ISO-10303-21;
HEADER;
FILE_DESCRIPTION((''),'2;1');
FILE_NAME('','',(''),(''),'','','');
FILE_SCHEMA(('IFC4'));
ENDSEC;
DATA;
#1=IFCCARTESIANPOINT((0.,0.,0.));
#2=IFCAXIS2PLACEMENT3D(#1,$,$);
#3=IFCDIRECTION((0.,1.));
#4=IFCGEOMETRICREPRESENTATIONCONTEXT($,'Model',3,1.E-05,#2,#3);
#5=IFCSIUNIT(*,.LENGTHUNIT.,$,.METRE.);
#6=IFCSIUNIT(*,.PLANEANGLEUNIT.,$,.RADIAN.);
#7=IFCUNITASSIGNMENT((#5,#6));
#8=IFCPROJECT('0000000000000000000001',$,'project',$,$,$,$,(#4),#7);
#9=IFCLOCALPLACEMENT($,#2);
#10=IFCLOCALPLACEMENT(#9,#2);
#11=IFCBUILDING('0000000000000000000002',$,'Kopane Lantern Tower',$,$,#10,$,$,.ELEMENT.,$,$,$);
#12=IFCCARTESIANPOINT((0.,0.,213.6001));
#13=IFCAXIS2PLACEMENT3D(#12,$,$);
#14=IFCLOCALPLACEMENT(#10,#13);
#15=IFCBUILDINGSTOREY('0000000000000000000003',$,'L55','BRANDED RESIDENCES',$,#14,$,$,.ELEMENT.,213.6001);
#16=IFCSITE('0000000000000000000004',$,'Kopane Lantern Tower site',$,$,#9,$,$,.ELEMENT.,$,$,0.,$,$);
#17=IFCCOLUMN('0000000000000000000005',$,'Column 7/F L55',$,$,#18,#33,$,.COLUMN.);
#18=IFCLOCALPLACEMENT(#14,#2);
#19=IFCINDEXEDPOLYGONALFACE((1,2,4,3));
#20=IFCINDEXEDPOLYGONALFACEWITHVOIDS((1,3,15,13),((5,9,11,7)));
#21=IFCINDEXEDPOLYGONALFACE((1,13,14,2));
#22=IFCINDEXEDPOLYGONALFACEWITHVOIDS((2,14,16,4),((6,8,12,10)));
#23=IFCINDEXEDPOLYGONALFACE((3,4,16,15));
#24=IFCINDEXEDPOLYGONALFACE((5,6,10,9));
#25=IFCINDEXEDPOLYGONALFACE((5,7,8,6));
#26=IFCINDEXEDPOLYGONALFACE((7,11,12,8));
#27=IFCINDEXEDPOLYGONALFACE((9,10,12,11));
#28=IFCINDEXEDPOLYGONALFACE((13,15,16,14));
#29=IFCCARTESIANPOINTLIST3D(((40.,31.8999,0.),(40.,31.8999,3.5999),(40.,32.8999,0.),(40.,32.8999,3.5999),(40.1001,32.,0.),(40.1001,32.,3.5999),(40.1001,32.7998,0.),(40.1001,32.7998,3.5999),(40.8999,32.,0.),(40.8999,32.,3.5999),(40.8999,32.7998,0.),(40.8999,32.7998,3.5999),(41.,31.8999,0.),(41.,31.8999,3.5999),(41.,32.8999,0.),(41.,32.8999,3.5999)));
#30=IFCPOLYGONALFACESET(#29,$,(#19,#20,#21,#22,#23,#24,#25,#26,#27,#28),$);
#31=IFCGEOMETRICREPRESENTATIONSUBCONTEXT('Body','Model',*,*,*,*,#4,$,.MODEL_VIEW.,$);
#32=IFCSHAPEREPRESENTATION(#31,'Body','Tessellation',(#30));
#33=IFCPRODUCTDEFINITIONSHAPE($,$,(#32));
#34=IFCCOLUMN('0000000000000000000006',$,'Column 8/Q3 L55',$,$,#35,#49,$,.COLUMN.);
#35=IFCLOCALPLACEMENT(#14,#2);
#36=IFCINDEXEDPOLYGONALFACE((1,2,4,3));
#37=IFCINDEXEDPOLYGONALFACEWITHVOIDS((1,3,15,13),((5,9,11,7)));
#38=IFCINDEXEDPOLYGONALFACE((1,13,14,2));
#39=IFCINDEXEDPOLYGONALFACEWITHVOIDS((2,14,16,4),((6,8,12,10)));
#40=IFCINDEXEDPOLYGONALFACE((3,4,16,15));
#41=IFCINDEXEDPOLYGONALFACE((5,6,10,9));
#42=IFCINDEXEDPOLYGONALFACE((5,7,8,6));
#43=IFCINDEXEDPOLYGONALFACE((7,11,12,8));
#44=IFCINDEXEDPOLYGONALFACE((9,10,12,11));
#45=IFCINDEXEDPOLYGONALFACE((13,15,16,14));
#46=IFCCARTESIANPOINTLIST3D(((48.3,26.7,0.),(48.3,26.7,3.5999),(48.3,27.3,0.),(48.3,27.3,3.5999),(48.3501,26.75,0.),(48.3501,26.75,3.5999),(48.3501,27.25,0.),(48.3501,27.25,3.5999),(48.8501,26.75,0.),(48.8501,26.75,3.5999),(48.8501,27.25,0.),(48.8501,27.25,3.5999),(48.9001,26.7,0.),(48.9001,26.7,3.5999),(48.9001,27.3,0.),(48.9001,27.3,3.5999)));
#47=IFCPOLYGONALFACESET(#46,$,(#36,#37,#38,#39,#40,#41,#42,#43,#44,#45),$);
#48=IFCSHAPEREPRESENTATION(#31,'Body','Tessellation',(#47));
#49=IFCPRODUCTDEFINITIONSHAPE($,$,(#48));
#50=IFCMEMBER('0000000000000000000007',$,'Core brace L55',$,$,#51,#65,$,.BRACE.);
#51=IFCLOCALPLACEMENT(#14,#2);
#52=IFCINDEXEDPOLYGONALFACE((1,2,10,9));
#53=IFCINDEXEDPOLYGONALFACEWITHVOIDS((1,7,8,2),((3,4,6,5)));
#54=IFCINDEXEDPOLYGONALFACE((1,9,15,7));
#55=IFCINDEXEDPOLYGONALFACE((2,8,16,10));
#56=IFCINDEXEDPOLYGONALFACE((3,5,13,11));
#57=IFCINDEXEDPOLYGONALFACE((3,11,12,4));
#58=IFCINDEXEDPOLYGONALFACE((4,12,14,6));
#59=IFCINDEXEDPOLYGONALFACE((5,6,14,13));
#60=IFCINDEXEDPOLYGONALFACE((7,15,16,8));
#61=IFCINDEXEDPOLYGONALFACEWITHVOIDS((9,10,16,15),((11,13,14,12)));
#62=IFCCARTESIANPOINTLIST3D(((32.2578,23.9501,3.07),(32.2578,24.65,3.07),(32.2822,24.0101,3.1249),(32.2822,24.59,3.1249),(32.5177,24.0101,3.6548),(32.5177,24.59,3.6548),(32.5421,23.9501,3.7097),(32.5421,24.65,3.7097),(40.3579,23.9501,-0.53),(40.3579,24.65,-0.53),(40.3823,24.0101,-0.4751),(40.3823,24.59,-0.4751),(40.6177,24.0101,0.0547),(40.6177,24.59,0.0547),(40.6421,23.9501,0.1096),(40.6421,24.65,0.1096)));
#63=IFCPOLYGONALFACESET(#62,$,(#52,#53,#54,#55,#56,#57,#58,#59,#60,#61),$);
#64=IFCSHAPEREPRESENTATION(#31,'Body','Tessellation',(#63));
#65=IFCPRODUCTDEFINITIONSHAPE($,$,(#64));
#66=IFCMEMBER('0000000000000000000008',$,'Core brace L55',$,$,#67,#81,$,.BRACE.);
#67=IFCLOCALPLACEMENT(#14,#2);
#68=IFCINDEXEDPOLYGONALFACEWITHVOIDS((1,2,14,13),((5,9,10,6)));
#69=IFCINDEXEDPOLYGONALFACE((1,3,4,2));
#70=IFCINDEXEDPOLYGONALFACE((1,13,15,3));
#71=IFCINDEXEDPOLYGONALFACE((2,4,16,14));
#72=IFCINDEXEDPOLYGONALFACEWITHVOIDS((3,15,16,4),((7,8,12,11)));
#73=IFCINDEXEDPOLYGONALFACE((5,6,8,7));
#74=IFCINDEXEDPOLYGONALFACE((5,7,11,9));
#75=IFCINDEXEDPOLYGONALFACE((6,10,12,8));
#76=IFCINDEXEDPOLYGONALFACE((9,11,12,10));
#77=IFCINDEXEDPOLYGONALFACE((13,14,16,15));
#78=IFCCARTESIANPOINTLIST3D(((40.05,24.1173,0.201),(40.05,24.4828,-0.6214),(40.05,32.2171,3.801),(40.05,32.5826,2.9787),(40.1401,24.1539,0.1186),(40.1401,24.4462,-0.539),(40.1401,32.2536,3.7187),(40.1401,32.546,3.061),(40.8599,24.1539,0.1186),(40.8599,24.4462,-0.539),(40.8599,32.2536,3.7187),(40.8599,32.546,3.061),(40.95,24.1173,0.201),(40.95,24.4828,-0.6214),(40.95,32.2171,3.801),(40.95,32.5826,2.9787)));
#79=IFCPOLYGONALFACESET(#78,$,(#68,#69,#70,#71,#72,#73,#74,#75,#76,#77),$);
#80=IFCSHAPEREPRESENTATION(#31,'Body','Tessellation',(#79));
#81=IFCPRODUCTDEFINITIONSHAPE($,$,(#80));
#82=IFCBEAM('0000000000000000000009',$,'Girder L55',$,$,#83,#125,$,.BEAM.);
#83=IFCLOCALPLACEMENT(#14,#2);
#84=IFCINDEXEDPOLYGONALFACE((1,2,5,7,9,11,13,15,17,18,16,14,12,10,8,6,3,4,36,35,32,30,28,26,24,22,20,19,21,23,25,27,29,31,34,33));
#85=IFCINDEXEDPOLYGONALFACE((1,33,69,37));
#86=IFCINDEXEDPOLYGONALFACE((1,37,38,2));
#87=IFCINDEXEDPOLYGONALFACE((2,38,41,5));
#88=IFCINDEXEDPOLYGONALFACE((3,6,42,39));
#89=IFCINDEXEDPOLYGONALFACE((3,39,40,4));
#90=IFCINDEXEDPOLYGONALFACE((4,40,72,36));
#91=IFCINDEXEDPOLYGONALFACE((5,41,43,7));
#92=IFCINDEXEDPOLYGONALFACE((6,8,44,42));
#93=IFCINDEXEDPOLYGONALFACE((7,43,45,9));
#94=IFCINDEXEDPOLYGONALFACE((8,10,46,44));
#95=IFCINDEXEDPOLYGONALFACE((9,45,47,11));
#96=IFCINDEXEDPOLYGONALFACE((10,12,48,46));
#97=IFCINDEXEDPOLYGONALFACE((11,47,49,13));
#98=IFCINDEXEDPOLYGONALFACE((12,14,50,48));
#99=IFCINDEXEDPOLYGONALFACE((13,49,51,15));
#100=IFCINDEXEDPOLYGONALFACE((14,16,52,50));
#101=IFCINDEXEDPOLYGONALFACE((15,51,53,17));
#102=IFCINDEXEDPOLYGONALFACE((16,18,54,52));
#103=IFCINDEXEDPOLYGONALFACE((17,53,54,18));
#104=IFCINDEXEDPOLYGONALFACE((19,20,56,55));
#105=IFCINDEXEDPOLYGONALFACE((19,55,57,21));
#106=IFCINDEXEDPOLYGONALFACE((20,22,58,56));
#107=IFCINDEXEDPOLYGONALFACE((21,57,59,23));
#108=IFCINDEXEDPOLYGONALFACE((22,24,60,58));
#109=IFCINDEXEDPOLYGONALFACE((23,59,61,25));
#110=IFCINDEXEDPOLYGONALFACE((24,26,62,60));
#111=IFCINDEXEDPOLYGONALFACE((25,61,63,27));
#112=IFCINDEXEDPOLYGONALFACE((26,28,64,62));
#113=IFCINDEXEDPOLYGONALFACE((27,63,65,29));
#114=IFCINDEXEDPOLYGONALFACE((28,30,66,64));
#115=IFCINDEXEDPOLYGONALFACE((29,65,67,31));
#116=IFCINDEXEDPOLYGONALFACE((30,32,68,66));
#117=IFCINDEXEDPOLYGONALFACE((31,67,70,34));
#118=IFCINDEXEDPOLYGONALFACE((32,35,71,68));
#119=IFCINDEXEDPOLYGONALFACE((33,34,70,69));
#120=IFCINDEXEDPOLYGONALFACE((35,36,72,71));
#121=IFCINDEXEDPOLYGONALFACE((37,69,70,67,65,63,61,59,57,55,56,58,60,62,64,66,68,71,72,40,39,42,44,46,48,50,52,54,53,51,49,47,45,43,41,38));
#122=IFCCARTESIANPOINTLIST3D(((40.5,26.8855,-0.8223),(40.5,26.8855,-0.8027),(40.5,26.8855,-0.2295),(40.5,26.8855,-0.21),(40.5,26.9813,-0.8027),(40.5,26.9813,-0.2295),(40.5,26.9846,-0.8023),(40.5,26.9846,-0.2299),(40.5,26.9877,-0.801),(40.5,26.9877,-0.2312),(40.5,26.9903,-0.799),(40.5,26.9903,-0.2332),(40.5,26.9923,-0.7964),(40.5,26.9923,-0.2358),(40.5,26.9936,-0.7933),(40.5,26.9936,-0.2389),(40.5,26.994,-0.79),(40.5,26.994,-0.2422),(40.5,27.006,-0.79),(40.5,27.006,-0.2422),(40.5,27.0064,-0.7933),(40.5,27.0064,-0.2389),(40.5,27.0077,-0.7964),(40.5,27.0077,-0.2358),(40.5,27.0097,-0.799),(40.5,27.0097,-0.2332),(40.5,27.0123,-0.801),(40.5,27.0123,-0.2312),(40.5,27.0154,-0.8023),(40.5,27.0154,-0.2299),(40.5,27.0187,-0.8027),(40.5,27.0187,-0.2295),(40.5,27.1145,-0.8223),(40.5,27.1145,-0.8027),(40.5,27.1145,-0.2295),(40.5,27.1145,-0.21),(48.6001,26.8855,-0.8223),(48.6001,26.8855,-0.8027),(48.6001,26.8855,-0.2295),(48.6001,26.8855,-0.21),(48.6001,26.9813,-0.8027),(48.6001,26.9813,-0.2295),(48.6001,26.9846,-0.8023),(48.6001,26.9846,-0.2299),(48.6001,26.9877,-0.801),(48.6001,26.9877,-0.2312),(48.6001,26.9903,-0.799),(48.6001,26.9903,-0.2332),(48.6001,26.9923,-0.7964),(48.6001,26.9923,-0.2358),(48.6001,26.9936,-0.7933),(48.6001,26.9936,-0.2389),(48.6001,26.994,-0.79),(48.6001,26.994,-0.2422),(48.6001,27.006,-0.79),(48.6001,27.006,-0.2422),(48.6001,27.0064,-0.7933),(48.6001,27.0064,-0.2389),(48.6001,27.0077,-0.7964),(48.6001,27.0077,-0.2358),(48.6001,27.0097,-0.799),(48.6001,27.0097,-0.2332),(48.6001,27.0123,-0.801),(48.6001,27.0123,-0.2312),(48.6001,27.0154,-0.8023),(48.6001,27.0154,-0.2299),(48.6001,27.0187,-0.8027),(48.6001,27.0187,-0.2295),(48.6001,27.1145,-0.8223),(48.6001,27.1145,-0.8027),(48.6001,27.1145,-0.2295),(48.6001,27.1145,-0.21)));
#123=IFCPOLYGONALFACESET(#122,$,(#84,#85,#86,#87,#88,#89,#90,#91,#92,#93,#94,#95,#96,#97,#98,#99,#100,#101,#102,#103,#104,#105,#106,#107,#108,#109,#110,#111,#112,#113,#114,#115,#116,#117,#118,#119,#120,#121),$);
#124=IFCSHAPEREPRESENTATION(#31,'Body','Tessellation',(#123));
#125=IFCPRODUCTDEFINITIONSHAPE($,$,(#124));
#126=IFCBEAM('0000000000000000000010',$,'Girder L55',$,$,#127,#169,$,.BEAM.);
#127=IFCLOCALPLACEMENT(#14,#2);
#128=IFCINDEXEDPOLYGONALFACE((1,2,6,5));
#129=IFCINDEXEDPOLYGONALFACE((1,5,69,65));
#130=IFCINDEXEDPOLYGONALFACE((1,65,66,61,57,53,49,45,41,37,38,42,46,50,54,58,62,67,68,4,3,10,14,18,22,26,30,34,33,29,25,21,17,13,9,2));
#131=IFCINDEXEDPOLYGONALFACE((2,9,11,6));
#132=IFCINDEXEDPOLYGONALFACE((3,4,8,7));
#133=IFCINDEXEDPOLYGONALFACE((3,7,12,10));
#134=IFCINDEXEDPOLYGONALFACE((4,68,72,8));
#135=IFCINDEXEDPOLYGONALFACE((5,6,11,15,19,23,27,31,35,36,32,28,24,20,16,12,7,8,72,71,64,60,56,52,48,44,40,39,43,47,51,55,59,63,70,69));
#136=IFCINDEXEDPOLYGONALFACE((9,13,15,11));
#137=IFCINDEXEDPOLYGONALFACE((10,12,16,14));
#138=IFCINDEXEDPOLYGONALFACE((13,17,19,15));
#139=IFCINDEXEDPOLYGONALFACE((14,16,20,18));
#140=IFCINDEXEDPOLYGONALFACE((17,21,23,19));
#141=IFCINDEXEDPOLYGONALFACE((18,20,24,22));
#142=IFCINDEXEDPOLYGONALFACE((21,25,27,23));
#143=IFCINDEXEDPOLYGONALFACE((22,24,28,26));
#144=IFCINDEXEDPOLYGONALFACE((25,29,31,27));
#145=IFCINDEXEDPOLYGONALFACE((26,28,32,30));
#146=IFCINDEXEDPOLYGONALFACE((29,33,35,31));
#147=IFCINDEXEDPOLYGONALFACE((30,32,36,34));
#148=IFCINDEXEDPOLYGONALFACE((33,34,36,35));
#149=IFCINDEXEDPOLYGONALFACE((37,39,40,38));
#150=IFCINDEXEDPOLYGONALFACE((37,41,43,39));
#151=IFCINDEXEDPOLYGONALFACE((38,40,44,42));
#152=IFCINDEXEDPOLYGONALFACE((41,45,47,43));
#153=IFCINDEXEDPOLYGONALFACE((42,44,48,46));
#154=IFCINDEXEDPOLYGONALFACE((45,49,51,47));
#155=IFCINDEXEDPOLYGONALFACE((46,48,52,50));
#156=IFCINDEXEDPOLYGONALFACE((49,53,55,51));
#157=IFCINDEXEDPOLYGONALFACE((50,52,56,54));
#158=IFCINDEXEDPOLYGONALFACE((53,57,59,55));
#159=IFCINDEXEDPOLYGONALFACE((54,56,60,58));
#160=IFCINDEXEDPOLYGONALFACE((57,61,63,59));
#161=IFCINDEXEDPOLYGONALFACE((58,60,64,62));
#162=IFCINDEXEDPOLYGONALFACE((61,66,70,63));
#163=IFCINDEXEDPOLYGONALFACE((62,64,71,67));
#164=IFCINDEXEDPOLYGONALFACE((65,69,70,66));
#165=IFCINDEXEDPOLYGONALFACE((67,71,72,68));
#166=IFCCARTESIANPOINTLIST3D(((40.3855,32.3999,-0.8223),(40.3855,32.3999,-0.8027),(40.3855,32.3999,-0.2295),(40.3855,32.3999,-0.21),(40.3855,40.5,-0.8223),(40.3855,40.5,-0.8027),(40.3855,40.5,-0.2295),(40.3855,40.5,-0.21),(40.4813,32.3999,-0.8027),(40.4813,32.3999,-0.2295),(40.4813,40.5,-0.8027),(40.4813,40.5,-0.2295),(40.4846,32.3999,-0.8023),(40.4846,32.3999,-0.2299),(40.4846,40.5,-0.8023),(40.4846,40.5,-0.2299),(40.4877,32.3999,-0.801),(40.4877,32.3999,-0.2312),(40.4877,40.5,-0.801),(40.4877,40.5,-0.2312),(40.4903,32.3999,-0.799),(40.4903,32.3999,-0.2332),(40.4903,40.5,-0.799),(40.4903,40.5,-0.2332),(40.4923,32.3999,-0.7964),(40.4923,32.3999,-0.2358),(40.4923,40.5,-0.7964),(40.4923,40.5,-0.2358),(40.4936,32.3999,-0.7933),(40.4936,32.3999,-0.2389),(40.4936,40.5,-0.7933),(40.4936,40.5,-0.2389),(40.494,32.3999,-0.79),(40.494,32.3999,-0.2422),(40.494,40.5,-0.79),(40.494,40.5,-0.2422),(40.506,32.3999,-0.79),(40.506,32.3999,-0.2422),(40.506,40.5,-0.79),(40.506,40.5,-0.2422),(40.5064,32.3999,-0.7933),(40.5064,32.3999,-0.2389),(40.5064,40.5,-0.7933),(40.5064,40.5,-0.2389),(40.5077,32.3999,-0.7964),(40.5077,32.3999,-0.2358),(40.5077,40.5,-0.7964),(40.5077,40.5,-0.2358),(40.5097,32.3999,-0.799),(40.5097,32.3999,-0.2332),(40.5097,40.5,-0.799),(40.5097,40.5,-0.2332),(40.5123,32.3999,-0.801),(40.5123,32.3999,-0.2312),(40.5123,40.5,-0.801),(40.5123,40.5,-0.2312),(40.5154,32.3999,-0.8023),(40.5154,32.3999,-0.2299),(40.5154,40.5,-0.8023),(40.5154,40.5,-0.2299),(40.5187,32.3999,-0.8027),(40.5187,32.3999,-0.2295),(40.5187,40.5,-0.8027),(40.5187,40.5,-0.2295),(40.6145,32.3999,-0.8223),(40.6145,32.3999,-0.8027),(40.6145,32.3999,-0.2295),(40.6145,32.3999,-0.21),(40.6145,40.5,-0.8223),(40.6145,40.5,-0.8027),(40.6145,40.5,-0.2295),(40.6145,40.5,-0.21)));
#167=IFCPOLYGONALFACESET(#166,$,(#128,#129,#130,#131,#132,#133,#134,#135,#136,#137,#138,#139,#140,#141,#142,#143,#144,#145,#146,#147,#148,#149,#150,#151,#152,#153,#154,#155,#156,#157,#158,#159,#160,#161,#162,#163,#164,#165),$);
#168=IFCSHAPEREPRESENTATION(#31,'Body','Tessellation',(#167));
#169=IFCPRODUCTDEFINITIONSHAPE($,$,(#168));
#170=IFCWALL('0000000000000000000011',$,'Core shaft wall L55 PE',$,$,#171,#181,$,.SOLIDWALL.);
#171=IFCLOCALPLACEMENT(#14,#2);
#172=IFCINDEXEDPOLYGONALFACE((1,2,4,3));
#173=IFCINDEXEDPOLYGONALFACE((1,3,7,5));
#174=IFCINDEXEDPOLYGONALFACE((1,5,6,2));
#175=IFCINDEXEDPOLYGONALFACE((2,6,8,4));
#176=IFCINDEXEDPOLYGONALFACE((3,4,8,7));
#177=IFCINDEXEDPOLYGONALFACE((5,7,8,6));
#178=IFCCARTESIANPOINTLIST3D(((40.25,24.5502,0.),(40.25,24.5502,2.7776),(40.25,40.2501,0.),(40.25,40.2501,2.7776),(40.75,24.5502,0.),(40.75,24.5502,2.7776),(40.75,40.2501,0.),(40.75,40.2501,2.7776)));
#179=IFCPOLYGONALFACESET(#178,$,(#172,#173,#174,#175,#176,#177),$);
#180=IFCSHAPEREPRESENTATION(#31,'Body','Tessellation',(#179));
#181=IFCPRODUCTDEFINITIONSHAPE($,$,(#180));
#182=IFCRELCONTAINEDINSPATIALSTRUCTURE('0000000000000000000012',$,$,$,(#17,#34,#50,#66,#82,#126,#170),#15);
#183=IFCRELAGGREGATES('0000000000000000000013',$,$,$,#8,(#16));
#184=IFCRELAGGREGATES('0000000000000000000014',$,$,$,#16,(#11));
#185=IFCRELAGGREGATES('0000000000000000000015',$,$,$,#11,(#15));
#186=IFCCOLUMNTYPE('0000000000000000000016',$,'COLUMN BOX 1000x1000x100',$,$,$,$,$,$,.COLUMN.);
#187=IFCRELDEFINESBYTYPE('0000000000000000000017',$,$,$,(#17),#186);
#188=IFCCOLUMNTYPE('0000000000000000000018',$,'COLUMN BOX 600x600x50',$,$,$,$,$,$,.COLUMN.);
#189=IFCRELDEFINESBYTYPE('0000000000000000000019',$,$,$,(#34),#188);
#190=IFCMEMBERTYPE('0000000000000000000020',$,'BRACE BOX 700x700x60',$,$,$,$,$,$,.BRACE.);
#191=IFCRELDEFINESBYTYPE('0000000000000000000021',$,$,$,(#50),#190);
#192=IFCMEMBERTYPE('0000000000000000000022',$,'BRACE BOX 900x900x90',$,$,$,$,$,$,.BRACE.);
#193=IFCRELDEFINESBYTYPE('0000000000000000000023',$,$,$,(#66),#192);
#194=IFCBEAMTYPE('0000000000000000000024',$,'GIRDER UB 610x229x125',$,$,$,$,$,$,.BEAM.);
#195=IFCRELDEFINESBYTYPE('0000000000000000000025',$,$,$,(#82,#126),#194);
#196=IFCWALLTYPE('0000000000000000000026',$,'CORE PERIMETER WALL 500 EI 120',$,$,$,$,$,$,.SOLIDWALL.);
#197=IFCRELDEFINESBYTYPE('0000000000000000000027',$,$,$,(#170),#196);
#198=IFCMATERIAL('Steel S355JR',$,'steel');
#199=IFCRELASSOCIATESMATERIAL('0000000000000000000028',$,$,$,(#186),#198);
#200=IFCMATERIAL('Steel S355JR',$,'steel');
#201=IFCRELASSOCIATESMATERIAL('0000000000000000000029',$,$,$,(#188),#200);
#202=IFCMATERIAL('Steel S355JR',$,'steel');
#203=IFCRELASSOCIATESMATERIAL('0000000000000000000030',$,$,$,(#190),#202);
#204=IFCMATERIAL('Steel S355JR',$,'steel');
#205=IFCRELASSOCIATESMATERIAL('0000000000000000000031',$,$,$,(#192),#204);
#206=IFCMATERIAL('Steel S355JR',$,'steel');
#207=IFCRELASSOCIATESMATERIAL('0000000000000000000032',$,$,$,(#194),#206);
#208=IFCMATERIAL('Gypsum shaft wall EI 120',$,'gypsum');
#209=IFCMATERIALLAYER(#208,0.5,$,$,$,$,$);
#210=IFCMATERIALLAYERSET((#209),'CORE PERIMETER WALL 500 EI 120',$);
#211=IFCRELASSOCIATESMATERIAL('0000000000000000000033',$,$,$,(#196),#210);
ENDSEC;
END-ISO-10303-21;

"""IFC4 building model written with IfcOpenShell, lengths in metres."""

from ifc_helpers import new_model, si_unit, direction, frame, frame_2d, origin, origin_2d, place, context, subcontext, project, spatial, rectangle, hollow_rectangle, i_section, extrude, material, layer, layer_set, material_profile, profile_set, type_object, element, save


model = new_model("IFC4")

# Units and contexts
model_context = context("Model", 3, precision=1e-05, world=origin(), true_north=direction((0.0, 1.0)))
body_context = subcontext(model_context, "Body", "Model", "MODEL_VIEW")
ifc_project = project(units=[si_unit("LENGTHUNIT", "METRE"), si_unit("PLANEANGLEUNIT", "RADIAN")], contexts=[model_context])

# Site, building, storey
site_placement = place(None, origin())
site = spatial("IfcSite", under=ifc_project, at=site_placement, Name="Kopane Lantern Tower site", CompositionType="ELEMENT", RefElevation=0.0)
building_placement = place(site_placement, origin())
building = spatial("IfcBuilding", under=site, at=building_placement, Name="Kopane Lantern Tower", CompositionType="ELEMENT")
storey_placement = place(building_placement, frame((0.0, 0.0, 213.6001)))
storey = spatial("IfcBuildingStorey", under=building, at=storey_placement, Name="L55", Description="BRANDED RESIDENCES", CompositionType="ELEMENT", Elevation=213.6001)

# Columns
ifc_material_1 = material(Name="Steel S355JR", Category="steel")
ifc_material_profile_1 = material_profile(ifc_material_1, hollow_rectangle(XDim=1.0, YDim=1.0, WallThickness=0.1001, at=origin_2d()), Name="BOX 1000x1000x100")
ifc_profile_set_1 = profile_set([ifc_material_profile_1], Name="Steel S355JR")
column_type_1 = type_object("IfcColumnType", Name="COLUMN BOX 1000x1000x100", PredefinedType="COLUMN", material=ifc_profile_set_1)
column_1_placement = place(storey_placement, frame((40.5, 32.3999, 0.0), z_axis=(0.0, 0.0, 1.0), x_axis=(1.0, 0.0, 0.0)))
element("IfcColumn", 1, at=column_1_placement, inside=storey, type_object=column_type_1, Name="Column 7/F L55", PredefinedType="COLUMN", context=body_context, shape_type="SweptSolid", body=[
    extrude(hollow_rectangle(XDim=1.0, YDim=1.0, WallThickness=0.1001, at=origin_2d()), origin(), (0.0, 0.0, 1.0), 3.5999),
])
ifc_material_2 = material(Name="Steel S355JR", Category="steel")
ifc_material_profile_2 = material_profile(ifc_material_2, hollow_rectangle(XDim=0.6001, YDim=0.6001, WallThickness=0.05, at=origin_2d()), Name="BOX 600x600x50")
ifc_profile_set_2 = profile_set([ifc_material_profile_2], Name="Steel S355JR")
column_type_2 = type_object("IfcColumnType", Name="COLUMN BOX 600x600x50", PredefinedType="COLUMN", material=ifc_profile_set_2)
column_2_placement = place(storey_placement, frame((48.6001, 27.0, 0.0), z_axis=(0.0, 0.0, 1.0), x_axis=(1.0, 0.0, 0.0)))
element("IfcColumn", 2, at=column_2_placement, inside=storey, type_object=column_type_2, Name="Column 8/Q3 L55", PredefinedType="COLUMN", context=body_context, shape_type="SweptSolid", body=[
    extrude(hollow_rectangle(XDim=0.6001, YDim=0.6001, WallThickness=0.05, at=origin_2d()), origin(), (0.0, 0.0, 1.0), 3.5999),
])

# Members
ifc_material_3 = material(Name="Steel S355JR", Category="steel")
ifc_material_profile_3 = material_profile(ifc_material_3, hollow_rectangle(XDim=0.7, YDim=0.7, WallThickness=0.0601, at=origin_2d()), Name="BOX 700x700x60")
ifc_profile_set_3 = profile_set([ifc_material_profile_3], Name="Steel S355JR")
member_type_1 = type_object("IfcMemberType", Name="BRACE BOX 700x700x60", PredefinedType="BRACE", material=ifc_profile_set_3)
member_1_placement = place(storey_placement, frame((40.5, 24.3, -0.2102), z_axis=(-0.913809, 0.0, 0.406144), x_axis=(0.0, -1.0, 0.0)))
element("IfcMember", 3, at=member_1_placement, inside=storey, type_object=member_type_1, Name="Core brace L55", PredefinedType="BRACE", context=body_context, shape_type="SweptSolid", body=[
    extrude(hollow_rectangle(XDim=0.7, YDim=0.7, WallThickness=0.0601, at=origin_2d()), origin(), (0.0, 0.0, 1.0), 8.864),
])
ifc_material_4 = material(Name="Steel S355JR", Category="steel")
ifc_material_profile_4 = material_profile(ifc_material_4, hollow_rectangle(XDim=0.8999, YDim=0.8999, WallThickness=0.0901, at=origin_2d()), Name="BOX 900x900x90")
ifc_profile_set_4 = profile_set([ifc_material_profile_4], Name="Steel S355JR")
member_type_2 = type_object("IfcMemberType", Name="BRACE BOX 900x900x90", PredefinedType="BRACE", material=ifc_profile_set_4)
member_2_placement = place(storey_placement, frame((40.5, 24.3, -0.2102), z_axis=(0.0, 0.913805, 0.406154), x_axis=(-1.0, 0.0, 0.0)))
element("IfcMember", 4, at=member_2_placement, inside=storey, type_object=member_type_2, Name="Core brace L55", PredefinedType="BRACE", context=body_context, shape_type="SweptSolid", body=[
    extrude(hollow_rectangle(XDim=0.8999, YDim=0.8999, WallThickness=0.0901, at=origin_2d()), origin(), (0.0, 0.0, 1.0), 8.8638),
])

# Beams
ifc_material_5 = material(Name="Steel S355JR", Category="steel")
ifc_material_profile_5 = material_profile(ifc_material_5, i_section(OverallWidth=0.229, OverallDepth=0.6123, WebThickness=0.012, FlangeThickness=0.0195, FilletRadius=0.0127, at=origin_2d()), Name="UB 610x229x125")
ifc_profile_set_5 = profile_set([ifc_material_profile_5], Name="Steel S355JR")
beam_type = type_object("IfcBeamType", Name="GIRDER UB 610x229x125", PredefinedType="BEAM", material=ifc_profile_set_5)
for number, where, z_axis, x_axis, name in (
    (5, (40.5, 27.0, -0.5161), (1.0, 0.0, 0.0), (0.0, 1.0, 0.0), "Girder L55"),
    (6, (40.5, 32.3999, -0.5161), (0.0, 1.0, 0.0), (-1.0, 0.0, 0.0), "Girder L55"),
):
    element("IfcBeam", number, at=place(storey_placement, frame(where, z_axis=z_axis, x_axis=x_axis)), inside=storey, type_object=beam_type, Name=name, PredefinedType="BEAM", context=body_context, shape_type="SweptSolid", body=[
        extrude(i_section(OverallWidth=0.229, OverallDepth=0.6123, WebThickness=0.012, FlangeThickness=0.0195, FilletRadius=0.0127, at=origin_2d()), origin(), (0.0, 0.0, 1.0), 8.1001),
    ])

# Wall
ifc_material_6 = material(Name="Gypsum shaft wall EI 120", Category="gypsum")
ifc_layer_1 = layer(ifc_material_6, 0.5)
ifc_layer_set_1 = layer_set([ifc_layer_1], Name="CORE PERIMETER WALL 500 EI 120")
wall_type_1 = type_object("IfcWallType", Name="CORE PERIMETER WALL 500 EI 120", PredefinedType="SOLIDWALL", material=ifc_layer_set_1)
wall_1_placement = place(storey_placement, frame((40.5, 24.55, 0.0), z_axis=(0.0, 0.0, 1.0), x_axis=(0.0, 1.0, 0.0)))
element("IfcWall", 7, at=wall_1_placement, inside=storey, type_object=wall_type_1, Name="Core shaft wall L55 PE", PredefinedType="SOLIDWALL", context=body_context, shape_type="SweptSolid", body=[
    extrude(rectangle(XDim=15.7, YDim=0.5, at=frame_2d((7.8501, 0.0))), origin(), (0.0, 0.0, 1.0), 2.7776),
])

save(model, "model.ifc")
